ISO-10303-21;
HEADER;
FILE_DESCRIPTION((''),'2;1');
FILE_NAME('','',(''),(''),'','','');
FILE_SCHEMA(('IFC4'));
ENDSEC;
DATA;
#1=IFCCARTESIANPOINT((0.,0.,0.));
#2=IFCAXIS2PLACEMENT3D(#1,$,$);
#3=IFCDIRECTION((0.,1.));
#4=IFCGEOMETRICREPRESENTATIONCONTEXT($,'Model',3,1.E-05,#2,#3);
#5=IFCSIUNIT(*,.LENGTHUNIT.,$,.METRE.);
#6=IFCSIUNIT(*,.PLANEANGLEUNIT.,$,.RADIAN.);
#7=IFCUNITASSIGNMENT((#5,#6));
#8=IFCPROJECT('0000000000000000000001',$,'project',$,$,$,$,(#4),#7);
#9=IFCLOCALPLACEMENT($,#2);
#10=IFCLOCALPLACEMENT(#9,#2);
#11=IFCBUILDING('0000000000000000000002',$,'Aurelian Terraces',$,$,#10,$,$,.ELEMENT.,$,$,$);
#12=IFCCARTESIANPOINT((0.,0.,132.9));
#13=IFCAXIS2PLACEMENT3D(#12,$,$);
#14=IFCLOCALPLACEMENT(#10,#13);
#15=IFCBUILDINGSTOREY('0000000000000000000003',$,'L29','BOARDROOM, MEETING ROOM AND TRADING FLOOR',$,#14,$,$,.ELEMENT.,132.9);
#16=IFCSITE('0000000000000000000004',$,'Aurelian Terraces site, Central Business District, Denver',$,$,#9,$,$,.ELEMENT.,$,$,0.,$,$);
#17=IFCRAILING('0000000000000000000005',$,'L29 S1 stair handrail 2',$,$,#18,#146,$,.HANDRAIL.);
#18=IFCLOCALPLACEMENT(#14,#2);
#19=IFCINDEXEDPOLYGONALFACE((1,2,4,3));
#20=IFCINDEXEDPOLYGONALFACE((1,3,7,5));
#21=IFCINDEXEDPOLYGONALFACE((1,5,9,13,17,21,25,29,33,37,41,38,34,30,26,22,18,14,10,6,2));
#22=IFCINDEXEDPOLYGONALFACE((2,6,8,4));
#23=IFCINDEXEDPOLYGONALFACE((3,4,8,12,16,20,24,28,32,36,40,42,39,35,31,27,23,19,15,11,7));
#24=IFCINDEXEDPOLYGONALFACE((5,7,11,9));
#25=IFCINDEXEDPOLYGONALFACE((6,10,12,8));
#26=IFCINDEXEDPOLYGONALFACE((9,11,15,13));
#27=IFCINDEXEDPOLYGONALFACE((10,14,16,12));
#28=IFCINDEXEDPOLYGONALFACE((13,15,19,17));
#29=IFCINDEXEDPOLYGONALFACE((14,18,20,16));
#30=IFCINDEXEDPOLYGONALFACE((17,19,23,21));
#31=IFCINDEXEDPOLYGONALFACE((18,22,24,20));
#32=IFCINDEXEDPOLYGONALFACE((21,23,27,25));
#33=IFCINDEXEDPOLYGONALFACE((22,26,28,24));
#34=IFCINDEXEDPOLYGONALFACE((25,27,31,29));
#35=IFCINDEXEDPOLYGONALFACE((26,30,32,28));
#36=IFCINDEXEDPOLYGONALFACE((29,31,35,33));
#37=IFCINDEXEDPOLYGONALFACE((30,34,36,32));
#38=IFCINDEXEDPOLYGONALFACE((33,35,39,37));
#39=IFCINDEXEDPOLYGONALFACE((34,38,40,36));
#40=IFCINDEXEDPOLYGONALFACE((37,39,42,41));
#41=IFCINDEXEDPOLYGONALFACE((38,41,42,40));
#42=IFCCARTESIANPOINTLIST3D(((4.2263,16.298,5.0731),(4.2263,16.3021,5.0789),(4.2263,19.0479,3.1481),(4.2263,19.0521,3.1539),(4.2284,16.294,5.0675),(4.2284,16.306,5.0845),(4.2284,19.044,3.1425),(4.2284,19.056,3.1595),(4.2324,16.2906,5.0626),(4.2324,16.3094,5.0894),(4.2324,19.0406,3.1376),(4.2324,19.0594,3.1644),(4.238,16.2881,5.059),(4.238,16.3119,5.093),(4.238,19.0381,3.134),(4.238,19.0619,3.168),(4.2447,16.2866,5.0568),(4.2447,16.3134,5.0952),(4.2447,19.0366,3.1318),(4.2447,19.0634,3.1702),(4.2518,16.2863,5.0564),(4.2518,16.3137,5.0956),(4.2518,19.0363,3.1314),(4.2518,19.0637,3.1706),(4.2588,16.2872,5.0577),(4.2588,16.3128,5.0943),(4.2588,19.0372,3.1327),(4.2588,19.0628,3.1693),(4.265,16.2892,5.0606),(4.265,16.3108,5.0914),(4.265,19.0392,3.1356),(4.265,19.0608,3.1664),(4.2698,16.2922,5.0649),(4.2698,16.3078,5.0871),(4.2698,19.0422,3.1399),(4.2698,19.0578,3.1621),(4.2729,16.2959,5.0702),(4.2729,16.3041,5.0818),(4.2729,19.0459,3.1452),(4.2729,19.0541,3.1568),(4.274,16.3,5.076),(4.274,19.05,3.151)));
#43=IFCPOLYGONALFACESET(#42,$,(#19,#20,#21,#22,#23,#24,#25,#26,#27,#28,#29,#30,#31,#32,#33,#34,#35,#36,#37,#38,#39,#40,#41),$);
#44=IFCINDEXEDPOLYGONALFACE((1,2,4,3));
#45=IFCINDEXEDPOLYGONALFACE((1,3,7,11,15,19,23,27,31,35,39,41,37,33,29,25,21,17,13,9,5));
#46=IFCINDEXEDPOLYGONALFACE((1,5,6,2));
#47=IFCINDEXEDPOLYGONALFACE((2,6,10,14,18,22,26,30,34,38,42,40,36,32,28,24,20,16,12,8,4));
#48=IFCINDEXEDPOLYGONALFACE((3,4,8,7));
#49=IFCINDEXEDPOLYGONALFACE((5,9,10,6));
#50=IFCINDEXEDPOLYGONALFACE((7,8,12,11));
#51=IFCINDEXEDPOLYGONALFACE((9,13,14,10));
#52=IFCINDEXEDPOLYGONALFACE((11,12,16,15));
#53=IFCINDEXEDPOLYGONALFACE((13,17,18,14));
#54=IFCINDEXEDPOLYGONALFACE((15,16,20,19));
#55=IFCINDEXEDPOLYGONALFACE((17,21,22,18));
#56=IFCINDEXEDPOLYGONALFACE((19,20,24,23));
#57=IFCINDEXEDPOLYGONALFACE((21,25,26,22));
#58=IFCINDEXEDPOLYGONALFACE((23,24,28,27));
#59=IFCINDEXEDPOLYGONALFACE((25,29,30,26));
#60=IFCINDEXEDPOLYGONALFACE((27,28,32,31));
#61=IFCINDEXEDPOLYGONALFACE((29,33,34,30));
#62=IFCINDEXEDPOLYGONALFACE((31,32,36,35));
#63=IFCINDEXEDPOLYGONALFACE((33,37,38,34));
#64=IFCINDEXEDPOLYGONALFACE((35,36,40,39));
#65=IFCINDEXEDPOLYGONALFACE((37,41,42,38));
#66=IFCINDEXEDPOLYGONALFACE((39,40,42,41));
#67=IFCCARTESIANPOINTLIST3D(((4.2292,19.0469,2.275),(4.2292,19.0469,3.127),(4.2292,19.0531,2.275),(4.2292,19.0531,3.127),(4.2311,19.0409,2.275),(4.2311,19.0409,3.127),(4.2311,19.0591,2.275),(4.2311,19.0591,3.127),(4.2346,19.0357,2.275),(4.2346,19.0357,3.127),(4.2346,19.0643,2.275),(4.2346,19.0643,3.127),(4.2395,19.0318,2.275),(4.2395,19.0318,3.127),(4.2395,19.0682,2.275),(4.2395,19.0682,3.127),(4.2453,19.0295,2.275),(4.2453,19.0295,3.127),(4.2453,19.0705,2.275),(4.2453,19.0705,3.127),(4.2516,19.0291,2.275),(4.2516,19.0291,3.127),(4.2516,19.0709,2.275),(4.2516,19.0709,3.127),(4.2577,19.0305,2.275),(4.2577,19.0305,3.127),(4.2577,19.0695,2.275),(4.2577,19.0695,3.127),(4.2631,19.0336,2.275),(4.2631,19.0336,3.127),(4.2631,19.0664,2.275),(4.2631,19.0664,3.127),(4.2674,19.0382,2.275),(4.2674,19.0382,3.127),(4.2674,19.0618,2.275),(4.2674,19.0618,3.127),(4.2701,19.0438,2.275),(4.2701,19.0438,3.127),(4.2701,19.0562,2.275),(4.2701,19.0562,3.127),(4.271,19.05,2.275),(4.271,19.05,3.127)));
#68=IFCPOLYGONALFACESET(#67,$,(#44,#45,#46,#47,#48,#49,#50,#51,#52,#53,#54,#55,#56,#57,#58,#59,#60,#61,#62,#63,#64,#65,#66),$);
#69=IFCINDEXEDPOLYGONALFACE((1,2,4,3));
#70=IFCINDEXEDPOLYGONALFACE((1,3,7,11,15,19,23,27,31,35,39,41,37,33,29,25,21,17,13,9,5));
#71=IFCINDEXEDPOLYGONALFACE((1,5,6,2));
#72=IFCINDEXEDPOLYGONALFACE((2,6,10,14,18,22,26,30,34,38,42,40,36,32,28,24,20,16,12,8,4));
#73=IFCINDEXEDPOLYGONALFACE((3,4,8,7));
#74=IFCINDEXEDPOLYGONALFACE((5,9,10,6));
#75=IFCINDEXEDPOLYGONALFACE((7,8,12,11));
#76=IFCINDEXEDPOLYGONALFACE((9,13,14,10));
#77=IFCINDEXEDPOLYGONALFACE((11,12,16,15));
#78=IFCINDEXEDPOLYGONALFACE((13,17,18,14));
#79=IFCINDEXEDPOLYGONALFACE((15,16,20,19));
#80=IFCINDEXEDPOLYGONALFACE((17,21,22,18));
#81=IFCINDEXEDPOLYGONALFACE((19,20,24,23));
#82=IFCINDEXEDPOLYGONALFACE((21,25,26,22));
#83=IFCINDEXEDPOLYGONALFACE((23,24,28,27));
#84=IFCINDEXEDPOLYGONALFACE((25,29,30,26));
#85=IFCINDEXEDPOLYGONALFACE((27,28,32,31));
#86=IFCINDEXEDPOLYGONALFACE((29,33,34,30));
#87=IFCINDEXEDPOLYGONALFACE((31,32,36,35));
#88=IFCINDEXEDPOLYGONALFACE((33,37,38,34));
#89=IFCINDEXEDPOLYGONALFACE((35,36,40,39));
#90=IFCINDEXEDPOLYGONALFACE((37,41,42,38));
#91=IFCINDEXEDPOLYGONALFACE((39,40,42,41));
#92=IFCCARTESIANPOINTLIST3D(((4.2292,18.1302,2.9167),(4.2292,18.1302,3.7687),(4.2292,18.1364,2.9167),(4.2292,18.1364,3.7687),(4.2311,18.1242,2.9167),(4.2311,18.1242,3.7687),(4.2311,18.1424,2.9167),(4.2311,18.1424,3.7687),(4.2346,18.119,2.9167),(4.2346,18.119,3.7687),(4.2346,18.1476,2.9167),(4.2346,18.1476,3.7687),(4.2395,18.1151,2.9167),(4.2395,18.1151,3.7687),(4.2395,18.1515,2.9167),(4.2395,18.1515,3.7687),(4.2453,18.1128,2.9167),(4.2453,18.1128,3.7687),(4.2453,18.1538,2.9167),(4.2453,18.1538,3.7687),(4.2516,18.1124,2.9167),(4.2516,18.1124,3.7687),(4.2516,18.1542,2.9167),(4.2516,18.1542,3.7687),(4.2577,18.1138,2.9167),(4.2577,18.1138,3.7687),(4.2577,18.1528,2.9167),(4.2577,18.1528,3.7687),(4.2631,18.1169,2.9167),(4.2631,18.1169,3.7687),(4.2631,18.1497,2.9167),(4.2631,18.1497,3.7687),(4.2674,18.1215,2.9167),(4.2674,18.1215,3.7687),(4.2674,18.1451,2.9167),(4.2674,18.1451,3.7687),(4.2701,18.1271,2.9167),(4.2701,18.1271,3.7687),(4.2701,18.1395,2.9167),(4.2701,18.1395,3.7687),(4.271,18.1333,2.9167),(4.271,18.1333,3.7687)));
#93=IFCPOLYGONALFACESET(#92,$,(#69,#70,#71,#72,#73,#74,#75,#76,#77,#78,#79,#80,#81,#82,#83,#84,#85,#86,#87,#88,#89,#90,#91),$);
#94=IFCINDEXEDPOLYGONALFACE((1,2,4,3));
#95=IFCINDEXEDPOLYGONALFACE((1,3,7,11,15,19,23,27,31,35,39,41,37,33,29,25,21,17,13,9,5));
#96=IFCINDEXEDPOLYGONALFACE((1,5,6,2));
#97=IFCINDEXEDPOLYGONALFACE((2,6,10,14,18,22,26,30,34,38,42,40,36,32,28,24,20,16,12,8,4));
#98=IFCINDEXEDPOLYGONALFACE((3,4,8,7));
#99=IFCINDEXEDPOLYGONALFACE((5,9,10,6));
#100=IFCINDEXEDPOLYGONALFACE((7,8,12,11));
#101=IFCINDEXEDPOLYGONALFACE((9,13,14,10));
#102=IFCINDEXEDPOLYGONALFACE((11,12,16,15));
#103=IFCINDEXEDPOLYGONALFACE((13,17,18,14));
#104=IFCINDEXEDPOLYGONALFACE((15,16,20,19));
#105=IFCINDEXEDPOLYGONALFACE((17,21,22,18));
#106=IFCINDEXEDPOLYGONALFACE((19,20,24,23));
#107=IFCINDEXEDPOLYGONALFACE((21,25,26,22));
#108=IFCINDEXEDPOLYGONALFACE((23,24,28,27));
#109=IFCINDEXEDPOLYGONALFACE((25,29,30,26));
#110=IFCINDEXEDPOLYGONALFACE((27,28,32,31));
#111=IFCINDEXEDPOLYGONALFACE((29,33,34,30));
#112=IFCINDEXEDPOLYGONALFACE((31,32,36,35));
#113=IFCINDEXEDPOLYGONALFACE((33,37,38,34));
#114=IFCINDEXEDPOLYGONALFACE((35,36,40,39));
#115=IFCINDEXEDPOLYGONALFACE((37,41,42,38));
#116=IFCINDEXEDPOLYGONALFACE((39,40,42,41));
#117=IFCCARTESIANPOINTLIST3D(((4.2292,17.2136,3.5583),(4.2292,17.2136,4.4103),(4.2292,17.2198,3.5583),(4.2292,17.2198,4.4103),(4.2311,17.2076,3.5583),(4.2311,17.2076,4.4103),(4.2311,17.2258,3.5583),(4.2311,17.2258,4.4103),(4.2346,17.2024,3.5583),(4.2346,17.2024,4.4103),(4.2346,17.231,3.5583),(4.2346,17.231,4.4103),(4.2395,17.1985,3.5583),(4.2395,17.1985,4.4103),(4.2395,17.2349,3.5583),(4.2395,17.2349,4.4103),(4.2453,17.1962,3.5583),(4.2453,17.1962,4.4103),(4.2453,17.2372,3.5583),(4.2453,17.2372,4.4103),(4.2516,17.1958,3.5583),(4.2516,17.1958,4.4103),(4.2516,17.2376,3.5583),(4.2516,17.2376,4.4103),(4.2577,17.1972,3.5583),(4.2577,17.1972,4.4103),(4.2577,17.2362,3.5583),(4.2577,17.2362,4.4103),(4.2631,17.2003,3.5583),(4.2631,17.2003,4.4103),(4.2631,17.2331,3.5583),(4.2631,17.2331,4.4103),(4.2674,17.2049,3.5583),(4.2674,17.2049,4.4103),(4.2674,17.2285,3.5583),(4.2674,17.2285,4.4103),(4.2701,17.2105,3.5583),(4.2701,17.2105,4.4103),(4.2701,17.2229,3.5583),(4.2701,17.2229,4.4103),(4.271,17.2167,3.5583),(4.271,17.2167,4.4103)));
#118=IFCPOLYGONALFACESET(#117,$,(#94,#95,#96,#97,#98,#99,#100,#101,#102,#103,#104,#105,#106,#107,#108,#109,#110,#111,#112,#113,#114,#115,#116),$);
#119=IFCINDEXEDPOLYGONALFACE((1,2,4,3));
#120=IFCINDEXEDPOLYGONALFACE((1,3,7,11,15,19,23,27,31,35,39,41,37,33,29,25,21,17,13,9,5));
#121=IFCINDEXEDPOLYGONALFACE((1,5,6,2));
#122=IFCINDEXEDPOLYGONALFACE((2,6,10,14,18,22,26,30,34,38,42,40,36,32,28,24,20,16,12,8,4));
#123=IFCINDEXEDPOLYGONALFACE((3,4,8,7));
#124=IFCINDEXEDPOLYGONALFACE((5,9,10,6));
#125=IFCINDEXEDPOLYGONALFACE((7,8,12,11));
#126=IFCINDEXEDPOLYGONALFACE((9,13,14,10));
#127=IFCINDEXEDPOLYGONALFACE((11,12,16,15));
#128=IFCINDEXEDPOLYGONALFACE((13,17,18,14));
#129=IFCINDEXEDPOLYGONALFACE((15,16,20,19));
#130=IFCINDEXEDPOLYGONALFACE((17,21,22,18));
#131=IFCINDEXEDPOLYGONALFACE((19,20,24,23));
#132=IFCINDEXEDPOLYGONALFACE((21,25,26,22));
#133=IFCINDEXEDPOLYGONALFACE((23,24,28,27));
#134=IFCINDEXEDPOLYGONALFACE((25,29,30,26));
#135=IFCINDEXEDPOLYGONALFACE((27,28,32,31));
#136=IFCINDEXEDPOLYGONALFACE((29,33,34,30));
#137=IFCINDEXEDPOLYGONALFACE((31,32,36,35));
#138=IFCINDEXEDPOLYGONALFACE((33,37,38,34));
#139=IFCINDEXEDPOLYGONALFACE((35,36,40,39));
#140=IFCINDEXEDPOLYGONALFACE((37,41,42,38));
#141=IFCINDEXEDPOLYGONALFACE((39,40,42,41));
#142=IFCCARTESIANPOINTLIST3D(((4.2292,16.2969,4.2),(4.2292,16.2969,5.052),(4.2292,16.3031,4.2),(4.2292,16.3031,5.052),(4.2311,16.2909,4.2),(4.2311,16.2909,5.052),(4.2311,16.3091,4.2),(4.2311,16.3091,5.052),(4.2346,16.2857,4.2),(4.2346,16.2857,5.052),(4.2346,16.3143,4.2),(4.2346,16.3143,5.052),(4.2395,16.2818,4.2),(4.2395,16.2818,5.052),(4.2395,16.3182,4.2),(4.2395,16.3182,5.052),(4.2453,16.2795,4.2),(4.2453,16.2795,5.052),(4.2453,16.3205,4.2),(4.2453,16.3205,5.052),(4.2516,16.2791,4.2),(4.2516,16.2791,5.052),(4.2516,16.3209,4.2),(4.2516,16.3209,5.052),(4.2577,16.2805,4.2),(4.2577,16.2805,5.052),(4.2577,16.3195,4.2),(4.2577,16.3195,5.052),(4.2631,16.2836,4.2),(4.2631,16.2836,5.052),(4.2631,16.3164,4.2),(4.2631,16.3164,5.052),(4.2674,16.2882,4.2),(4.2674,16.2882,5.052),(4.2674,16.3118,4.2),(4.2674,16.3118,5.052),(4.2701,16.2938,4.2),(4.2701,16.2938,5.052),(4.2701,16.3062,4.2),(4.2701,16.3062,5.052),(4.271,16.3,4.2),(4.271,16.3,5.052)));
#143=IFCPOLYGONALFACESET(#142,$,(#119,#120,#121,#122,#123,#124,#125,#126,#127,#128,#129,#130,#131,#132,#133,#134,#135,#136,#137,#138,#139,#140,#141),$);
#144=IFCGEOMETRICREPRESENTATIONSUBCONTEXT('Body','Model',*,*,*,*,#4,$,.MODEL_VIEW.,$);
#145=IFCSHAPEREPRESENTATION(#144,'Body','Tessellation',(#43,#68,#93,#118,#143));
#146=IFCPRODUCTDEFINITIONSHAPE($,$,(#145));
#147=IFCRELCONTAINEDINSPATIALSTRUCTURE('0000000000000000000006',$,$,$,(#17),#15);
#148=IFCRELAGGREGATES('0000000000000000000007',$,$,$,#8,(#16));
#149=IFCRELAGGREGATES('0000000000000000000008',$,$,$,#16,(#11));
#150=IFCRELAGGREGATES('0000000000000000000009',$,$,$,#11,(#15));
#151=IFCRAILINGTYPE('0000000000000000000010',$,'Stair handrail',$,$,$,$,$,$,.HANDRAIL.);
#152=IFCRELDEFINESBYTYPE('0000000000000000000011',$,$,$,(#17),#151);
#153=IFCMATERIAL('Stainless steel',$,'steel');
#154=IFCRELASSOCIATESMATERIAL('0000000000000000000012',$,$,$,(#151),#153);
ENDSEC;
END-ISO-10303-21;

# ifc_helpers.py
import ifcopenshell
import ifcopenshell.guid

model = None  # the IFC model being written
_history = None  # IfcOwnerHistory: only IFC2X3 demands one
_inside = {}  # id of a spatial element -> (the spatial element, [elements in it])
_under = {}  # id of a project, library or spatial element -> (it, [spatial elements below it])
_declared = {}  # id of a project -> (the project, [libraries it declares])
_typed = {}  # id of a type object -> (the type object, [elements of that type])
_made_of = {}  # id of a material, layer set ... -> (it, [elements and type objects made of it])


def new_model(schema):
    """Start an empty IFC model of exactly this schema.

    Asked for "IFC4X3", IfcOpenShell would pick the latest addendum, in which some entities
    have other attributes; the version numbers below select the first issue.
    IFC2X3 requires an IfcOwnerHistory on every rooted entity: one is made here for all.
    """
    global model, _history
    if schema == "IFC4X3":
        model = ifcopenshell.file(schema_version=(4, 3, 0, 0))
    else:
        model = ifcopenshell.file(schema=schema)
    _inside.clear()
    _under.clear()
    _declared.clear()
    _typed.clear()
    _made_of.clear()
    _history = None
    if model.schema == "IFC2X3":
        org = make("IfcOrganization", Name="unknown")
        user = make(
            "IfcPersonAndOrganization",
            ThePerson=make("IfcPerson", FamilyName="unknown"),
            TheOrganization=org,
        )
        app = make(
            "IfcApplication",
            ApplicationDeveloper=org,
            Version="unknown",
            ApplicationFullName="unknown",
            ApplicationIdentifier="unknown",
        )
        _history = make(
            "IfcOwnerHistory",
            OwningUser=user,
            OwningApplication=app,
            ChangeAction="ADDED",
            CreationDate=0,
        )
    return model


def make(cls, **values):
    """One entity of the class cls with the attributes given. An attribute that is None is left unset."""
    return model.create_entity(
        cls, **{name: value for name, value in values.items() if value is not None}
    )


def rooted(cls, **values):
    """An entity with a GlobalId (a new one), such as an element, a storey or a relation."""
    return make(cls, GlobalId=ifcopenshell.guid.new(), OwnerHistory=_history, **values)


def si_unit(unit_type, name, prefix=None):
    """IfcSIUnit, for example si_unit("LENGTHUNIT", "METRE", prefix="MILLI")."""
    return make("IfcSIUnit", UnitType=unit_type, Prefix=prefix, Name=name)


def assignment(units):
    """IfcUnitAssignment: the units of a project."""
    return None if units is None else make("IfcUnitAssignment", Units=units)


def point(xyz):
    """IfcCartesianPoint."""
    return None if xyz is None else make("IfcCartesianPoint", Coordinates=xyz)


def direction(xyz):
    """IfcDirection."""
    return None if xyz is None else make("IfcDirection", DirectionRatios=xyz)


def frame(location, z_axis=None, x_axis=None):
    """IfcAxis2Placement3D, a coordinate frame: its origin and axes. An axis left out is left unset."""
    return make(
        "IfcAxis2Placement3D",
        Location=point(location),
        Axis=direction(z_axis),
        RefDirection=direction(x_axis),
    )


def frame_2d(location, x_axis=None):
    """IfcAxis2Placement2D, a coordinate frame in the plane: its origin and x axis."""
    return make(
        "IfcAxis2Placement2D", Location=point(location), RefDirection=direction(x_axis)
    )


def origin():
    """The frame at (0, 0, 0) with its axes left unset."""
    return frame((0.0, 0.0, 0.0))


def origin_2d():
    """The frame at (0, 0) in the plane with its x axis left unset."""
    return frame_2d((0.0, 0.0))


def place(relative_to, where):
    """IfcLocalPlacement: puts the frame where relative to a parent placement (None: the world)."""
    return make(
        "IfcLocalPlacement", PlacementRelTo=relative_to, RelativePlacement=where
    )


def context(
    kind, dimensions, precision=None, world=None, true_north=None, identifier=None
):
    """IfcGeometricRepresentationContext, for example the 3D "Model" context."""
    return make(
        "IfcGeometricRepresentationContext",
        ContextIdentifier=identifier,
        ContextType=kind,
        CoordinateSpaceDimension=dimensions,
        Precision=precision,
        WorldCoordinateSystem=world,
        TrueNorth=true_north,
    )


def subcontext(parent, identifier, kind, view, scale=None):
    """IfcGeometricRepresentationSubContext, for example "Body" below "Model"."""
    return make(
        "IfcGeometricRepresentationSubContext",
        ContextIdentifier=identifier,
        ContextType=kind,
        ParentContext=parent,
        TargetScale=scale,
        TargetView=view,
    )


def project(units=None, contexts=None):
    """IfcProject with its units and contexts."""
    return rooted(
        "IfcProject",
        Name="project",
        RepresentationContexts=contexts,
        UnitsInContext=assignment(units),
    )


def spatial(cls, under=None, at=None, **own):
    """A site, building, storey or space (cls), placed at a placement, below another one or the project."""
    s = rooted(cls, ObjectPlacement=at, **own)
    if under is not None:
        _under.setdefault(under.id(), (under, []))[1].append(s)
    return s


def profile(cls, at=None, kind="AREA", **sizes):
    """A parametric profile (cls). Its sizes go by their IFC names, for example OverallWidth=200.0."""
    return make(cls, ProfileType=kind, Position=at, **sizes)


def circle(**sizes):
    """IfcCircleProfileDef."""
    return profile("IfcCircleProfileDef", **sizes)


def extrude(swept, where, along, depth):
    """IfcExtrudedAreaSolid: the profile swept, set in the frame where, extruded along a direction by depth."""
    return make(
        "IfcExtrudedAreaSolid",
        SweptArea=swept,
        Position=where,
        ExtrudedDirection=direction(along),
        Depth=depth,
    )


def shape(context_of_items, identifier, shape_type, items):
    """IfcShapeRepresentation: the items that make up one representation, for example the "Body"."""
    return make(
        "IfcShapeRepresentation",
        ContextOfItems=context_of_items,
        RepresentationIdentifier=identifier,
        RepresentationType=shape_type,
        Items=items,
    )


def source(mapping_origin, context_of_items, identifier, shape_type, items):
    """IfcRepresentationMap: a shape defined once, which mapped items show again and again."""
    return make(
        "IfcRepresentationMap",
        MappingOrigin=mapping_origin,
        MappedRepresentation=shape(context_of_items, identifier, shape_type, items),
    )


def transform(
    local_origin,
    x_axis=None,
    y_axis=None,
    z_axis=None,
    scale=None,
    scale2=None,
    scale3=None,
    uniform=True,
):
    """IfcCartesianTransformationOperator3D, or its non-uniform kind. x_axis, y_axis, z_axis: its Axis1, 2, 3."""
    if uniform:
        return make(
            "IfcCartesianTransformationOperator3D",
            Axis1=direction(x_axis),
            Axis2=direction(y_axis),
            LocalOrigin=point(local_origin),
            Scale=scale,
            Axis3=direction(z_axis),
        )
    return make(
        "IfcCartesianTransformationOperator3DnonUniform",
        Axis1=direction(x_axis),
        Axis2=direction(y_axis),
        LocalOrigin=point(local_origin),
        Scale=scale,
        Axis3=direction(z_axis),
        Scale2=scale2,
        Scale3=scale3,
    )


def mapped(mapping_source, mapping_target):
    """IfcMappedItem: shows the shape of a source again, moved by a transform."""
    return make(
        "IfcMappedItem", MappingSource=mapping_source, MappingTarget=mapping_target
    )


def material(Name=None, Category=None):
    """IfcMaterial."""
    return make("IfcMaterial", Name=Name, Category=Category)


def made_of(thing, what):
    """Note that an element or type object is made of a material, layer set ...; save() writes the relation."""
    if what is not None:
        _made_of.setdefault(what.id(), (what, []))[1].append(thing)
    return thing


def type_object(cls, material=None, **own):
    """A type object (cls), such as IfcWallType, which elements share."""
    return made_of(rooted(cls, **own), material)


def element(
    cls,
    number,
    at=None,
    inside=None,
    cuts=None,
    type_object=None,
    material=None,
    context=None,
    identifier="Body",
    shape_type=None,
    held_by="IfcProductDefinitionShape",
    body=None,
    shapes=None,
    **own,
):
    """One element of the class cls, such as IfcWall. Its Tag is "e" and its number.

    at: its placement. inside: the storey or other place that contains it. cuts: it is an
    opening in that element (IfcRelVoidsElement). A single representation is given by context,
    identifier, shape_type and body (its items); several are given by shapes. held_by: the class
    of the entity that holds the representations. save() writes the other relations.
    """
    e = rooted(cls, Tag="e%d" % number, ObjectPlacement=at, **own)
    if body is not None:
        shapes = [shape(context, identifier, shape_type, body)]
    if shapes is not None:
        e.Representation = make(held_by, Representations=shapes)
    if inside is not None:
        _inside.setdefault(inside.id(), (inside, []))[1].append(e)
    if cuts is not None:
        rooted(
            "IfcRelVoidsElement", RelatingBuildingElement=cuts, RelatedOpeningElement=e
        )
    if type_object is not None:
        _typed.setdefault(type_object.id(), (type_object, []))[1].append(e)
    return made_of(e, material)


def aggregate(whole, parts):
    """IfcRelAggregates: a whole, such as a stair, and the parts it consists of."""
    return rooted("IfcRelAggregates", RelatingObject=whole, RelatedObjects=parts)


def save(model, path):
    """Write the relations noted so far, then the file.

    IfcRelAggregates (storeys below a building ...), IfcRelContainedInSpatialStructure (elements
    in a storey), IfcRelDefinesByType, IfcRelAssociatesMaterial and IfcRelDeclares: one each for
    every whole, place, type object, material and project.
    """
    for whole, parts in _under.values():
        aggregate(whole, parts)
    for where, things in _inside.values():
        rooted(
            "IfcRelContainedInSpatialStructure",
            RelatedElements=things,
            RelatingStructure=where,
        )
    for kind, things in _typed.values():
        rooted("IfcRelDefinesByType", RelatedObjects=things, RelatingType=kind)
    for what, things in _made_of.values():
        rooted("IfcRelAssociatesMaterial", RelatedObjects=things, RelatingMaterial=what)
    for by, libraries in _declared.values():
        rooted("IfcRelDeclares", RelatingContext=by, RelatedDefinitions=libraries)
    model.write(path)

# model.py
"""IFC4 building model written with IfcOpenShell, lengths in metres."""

from ifc_helpers import new_model, si_unit, direction, frame, origin, origin_2d, place, context, subcontext, project, spatial, circle, extrude, source, transform, mapped, material, type_object, element, save


model = new_model("IFC4")

# Units and contexts
model_context = context("Model", 3, precision=1e-05, world=origin(), true_north=direction((0.0, 1.0)))
body_context = subcontext(model_context, "Body", "Model", "MODEL_VIEW")
ifc_project = project(units=[si_unit("LENGTHUNIT", "METRE"), si_unit("PLANEANGLEUNIT", "RADIAN")], contexts=[model_context])

# Site, building, storey
site_placement = place(None, origin())
site = spatial("IfcSite", under=ifc_project, at=site_placement, Name="Aurelian Terraces site, Central Business District, Denver", CompositionType="ELEMENT", RefElevation=0.0)
building_placement = place(site_placement, origin())
building = spatial("IfcBuilding", under=site, at=building_placement, Name="Aurelian Terraces", CompositionType="ELEMENT")
storey_placement = place(building_placement, frame((0.0, 0.0, 132.9)))
storey = spatial("IfcBuildingStorey", under=building, at=storey_placement, Name="L29", Description="BOARDROOM, MEETING ROOM AND TRADING FLOOR", CompositionType="ELEMENT", Elevation=132.9)

# Shared definitions
ifc_material_1 = material(Name="Stainless steel", Category="steel")

# Railing
railing_type_1 = type_object("IfcRailingType", Name="Stair handrail", PredefinedType="HANDRAIL", material=ifc_material_1)
shared_shape_1 = source(origin(), body_context, "Body", "SweptSolid", [
    extrude(circle(Radius=0.024, at=origin_2d()), frame((0.0, 0.0, 0.876), z_axis=(0.0, -0.819232, 0.573462), x_axis=(1.0, 0.0, 0.0)), (0.0, 0.0, 1.0), 3.3568),
    extrude(circle(Radius=0.021, at=origin_2d()), origin(), (0.0, 0.0, 1.0), 0.852),
    extrude(circle(Radius=0.021, at=origin_2d()), frame((0.0, -0.9167, 0.6417)), (0.0, 0.0, 1.0), 0.852),
    extrude(circle(Radius=0.021, at=origin_2d()), frame((0.0, -1.8333, 1.2833)), (0.0, 0.0, 1.0), 0.852),
    extrude(circle(Radius=0.021, at=origin_2d()), frame((0.0, -2.75, 1.925)), (0.0, 0.0, 1.0), 0.852),
])
railing_1_placement = place(storey_placement, frame((4.25, 19.05, 2.275)))
element("IfcRailing", 1, at=railing_1_placement, inside=storey, type_object=railing_type_1, Name="L29 S1 stair handrail 2", PredefinedType="HANDRAIL", context=body_context, shape_type="MappedRepresentation", body=[
    mapped(shared_shape_1, transform((0.0, 0.0, 0.0), scale=1.0)),
])

save(model, "model.ifc")
